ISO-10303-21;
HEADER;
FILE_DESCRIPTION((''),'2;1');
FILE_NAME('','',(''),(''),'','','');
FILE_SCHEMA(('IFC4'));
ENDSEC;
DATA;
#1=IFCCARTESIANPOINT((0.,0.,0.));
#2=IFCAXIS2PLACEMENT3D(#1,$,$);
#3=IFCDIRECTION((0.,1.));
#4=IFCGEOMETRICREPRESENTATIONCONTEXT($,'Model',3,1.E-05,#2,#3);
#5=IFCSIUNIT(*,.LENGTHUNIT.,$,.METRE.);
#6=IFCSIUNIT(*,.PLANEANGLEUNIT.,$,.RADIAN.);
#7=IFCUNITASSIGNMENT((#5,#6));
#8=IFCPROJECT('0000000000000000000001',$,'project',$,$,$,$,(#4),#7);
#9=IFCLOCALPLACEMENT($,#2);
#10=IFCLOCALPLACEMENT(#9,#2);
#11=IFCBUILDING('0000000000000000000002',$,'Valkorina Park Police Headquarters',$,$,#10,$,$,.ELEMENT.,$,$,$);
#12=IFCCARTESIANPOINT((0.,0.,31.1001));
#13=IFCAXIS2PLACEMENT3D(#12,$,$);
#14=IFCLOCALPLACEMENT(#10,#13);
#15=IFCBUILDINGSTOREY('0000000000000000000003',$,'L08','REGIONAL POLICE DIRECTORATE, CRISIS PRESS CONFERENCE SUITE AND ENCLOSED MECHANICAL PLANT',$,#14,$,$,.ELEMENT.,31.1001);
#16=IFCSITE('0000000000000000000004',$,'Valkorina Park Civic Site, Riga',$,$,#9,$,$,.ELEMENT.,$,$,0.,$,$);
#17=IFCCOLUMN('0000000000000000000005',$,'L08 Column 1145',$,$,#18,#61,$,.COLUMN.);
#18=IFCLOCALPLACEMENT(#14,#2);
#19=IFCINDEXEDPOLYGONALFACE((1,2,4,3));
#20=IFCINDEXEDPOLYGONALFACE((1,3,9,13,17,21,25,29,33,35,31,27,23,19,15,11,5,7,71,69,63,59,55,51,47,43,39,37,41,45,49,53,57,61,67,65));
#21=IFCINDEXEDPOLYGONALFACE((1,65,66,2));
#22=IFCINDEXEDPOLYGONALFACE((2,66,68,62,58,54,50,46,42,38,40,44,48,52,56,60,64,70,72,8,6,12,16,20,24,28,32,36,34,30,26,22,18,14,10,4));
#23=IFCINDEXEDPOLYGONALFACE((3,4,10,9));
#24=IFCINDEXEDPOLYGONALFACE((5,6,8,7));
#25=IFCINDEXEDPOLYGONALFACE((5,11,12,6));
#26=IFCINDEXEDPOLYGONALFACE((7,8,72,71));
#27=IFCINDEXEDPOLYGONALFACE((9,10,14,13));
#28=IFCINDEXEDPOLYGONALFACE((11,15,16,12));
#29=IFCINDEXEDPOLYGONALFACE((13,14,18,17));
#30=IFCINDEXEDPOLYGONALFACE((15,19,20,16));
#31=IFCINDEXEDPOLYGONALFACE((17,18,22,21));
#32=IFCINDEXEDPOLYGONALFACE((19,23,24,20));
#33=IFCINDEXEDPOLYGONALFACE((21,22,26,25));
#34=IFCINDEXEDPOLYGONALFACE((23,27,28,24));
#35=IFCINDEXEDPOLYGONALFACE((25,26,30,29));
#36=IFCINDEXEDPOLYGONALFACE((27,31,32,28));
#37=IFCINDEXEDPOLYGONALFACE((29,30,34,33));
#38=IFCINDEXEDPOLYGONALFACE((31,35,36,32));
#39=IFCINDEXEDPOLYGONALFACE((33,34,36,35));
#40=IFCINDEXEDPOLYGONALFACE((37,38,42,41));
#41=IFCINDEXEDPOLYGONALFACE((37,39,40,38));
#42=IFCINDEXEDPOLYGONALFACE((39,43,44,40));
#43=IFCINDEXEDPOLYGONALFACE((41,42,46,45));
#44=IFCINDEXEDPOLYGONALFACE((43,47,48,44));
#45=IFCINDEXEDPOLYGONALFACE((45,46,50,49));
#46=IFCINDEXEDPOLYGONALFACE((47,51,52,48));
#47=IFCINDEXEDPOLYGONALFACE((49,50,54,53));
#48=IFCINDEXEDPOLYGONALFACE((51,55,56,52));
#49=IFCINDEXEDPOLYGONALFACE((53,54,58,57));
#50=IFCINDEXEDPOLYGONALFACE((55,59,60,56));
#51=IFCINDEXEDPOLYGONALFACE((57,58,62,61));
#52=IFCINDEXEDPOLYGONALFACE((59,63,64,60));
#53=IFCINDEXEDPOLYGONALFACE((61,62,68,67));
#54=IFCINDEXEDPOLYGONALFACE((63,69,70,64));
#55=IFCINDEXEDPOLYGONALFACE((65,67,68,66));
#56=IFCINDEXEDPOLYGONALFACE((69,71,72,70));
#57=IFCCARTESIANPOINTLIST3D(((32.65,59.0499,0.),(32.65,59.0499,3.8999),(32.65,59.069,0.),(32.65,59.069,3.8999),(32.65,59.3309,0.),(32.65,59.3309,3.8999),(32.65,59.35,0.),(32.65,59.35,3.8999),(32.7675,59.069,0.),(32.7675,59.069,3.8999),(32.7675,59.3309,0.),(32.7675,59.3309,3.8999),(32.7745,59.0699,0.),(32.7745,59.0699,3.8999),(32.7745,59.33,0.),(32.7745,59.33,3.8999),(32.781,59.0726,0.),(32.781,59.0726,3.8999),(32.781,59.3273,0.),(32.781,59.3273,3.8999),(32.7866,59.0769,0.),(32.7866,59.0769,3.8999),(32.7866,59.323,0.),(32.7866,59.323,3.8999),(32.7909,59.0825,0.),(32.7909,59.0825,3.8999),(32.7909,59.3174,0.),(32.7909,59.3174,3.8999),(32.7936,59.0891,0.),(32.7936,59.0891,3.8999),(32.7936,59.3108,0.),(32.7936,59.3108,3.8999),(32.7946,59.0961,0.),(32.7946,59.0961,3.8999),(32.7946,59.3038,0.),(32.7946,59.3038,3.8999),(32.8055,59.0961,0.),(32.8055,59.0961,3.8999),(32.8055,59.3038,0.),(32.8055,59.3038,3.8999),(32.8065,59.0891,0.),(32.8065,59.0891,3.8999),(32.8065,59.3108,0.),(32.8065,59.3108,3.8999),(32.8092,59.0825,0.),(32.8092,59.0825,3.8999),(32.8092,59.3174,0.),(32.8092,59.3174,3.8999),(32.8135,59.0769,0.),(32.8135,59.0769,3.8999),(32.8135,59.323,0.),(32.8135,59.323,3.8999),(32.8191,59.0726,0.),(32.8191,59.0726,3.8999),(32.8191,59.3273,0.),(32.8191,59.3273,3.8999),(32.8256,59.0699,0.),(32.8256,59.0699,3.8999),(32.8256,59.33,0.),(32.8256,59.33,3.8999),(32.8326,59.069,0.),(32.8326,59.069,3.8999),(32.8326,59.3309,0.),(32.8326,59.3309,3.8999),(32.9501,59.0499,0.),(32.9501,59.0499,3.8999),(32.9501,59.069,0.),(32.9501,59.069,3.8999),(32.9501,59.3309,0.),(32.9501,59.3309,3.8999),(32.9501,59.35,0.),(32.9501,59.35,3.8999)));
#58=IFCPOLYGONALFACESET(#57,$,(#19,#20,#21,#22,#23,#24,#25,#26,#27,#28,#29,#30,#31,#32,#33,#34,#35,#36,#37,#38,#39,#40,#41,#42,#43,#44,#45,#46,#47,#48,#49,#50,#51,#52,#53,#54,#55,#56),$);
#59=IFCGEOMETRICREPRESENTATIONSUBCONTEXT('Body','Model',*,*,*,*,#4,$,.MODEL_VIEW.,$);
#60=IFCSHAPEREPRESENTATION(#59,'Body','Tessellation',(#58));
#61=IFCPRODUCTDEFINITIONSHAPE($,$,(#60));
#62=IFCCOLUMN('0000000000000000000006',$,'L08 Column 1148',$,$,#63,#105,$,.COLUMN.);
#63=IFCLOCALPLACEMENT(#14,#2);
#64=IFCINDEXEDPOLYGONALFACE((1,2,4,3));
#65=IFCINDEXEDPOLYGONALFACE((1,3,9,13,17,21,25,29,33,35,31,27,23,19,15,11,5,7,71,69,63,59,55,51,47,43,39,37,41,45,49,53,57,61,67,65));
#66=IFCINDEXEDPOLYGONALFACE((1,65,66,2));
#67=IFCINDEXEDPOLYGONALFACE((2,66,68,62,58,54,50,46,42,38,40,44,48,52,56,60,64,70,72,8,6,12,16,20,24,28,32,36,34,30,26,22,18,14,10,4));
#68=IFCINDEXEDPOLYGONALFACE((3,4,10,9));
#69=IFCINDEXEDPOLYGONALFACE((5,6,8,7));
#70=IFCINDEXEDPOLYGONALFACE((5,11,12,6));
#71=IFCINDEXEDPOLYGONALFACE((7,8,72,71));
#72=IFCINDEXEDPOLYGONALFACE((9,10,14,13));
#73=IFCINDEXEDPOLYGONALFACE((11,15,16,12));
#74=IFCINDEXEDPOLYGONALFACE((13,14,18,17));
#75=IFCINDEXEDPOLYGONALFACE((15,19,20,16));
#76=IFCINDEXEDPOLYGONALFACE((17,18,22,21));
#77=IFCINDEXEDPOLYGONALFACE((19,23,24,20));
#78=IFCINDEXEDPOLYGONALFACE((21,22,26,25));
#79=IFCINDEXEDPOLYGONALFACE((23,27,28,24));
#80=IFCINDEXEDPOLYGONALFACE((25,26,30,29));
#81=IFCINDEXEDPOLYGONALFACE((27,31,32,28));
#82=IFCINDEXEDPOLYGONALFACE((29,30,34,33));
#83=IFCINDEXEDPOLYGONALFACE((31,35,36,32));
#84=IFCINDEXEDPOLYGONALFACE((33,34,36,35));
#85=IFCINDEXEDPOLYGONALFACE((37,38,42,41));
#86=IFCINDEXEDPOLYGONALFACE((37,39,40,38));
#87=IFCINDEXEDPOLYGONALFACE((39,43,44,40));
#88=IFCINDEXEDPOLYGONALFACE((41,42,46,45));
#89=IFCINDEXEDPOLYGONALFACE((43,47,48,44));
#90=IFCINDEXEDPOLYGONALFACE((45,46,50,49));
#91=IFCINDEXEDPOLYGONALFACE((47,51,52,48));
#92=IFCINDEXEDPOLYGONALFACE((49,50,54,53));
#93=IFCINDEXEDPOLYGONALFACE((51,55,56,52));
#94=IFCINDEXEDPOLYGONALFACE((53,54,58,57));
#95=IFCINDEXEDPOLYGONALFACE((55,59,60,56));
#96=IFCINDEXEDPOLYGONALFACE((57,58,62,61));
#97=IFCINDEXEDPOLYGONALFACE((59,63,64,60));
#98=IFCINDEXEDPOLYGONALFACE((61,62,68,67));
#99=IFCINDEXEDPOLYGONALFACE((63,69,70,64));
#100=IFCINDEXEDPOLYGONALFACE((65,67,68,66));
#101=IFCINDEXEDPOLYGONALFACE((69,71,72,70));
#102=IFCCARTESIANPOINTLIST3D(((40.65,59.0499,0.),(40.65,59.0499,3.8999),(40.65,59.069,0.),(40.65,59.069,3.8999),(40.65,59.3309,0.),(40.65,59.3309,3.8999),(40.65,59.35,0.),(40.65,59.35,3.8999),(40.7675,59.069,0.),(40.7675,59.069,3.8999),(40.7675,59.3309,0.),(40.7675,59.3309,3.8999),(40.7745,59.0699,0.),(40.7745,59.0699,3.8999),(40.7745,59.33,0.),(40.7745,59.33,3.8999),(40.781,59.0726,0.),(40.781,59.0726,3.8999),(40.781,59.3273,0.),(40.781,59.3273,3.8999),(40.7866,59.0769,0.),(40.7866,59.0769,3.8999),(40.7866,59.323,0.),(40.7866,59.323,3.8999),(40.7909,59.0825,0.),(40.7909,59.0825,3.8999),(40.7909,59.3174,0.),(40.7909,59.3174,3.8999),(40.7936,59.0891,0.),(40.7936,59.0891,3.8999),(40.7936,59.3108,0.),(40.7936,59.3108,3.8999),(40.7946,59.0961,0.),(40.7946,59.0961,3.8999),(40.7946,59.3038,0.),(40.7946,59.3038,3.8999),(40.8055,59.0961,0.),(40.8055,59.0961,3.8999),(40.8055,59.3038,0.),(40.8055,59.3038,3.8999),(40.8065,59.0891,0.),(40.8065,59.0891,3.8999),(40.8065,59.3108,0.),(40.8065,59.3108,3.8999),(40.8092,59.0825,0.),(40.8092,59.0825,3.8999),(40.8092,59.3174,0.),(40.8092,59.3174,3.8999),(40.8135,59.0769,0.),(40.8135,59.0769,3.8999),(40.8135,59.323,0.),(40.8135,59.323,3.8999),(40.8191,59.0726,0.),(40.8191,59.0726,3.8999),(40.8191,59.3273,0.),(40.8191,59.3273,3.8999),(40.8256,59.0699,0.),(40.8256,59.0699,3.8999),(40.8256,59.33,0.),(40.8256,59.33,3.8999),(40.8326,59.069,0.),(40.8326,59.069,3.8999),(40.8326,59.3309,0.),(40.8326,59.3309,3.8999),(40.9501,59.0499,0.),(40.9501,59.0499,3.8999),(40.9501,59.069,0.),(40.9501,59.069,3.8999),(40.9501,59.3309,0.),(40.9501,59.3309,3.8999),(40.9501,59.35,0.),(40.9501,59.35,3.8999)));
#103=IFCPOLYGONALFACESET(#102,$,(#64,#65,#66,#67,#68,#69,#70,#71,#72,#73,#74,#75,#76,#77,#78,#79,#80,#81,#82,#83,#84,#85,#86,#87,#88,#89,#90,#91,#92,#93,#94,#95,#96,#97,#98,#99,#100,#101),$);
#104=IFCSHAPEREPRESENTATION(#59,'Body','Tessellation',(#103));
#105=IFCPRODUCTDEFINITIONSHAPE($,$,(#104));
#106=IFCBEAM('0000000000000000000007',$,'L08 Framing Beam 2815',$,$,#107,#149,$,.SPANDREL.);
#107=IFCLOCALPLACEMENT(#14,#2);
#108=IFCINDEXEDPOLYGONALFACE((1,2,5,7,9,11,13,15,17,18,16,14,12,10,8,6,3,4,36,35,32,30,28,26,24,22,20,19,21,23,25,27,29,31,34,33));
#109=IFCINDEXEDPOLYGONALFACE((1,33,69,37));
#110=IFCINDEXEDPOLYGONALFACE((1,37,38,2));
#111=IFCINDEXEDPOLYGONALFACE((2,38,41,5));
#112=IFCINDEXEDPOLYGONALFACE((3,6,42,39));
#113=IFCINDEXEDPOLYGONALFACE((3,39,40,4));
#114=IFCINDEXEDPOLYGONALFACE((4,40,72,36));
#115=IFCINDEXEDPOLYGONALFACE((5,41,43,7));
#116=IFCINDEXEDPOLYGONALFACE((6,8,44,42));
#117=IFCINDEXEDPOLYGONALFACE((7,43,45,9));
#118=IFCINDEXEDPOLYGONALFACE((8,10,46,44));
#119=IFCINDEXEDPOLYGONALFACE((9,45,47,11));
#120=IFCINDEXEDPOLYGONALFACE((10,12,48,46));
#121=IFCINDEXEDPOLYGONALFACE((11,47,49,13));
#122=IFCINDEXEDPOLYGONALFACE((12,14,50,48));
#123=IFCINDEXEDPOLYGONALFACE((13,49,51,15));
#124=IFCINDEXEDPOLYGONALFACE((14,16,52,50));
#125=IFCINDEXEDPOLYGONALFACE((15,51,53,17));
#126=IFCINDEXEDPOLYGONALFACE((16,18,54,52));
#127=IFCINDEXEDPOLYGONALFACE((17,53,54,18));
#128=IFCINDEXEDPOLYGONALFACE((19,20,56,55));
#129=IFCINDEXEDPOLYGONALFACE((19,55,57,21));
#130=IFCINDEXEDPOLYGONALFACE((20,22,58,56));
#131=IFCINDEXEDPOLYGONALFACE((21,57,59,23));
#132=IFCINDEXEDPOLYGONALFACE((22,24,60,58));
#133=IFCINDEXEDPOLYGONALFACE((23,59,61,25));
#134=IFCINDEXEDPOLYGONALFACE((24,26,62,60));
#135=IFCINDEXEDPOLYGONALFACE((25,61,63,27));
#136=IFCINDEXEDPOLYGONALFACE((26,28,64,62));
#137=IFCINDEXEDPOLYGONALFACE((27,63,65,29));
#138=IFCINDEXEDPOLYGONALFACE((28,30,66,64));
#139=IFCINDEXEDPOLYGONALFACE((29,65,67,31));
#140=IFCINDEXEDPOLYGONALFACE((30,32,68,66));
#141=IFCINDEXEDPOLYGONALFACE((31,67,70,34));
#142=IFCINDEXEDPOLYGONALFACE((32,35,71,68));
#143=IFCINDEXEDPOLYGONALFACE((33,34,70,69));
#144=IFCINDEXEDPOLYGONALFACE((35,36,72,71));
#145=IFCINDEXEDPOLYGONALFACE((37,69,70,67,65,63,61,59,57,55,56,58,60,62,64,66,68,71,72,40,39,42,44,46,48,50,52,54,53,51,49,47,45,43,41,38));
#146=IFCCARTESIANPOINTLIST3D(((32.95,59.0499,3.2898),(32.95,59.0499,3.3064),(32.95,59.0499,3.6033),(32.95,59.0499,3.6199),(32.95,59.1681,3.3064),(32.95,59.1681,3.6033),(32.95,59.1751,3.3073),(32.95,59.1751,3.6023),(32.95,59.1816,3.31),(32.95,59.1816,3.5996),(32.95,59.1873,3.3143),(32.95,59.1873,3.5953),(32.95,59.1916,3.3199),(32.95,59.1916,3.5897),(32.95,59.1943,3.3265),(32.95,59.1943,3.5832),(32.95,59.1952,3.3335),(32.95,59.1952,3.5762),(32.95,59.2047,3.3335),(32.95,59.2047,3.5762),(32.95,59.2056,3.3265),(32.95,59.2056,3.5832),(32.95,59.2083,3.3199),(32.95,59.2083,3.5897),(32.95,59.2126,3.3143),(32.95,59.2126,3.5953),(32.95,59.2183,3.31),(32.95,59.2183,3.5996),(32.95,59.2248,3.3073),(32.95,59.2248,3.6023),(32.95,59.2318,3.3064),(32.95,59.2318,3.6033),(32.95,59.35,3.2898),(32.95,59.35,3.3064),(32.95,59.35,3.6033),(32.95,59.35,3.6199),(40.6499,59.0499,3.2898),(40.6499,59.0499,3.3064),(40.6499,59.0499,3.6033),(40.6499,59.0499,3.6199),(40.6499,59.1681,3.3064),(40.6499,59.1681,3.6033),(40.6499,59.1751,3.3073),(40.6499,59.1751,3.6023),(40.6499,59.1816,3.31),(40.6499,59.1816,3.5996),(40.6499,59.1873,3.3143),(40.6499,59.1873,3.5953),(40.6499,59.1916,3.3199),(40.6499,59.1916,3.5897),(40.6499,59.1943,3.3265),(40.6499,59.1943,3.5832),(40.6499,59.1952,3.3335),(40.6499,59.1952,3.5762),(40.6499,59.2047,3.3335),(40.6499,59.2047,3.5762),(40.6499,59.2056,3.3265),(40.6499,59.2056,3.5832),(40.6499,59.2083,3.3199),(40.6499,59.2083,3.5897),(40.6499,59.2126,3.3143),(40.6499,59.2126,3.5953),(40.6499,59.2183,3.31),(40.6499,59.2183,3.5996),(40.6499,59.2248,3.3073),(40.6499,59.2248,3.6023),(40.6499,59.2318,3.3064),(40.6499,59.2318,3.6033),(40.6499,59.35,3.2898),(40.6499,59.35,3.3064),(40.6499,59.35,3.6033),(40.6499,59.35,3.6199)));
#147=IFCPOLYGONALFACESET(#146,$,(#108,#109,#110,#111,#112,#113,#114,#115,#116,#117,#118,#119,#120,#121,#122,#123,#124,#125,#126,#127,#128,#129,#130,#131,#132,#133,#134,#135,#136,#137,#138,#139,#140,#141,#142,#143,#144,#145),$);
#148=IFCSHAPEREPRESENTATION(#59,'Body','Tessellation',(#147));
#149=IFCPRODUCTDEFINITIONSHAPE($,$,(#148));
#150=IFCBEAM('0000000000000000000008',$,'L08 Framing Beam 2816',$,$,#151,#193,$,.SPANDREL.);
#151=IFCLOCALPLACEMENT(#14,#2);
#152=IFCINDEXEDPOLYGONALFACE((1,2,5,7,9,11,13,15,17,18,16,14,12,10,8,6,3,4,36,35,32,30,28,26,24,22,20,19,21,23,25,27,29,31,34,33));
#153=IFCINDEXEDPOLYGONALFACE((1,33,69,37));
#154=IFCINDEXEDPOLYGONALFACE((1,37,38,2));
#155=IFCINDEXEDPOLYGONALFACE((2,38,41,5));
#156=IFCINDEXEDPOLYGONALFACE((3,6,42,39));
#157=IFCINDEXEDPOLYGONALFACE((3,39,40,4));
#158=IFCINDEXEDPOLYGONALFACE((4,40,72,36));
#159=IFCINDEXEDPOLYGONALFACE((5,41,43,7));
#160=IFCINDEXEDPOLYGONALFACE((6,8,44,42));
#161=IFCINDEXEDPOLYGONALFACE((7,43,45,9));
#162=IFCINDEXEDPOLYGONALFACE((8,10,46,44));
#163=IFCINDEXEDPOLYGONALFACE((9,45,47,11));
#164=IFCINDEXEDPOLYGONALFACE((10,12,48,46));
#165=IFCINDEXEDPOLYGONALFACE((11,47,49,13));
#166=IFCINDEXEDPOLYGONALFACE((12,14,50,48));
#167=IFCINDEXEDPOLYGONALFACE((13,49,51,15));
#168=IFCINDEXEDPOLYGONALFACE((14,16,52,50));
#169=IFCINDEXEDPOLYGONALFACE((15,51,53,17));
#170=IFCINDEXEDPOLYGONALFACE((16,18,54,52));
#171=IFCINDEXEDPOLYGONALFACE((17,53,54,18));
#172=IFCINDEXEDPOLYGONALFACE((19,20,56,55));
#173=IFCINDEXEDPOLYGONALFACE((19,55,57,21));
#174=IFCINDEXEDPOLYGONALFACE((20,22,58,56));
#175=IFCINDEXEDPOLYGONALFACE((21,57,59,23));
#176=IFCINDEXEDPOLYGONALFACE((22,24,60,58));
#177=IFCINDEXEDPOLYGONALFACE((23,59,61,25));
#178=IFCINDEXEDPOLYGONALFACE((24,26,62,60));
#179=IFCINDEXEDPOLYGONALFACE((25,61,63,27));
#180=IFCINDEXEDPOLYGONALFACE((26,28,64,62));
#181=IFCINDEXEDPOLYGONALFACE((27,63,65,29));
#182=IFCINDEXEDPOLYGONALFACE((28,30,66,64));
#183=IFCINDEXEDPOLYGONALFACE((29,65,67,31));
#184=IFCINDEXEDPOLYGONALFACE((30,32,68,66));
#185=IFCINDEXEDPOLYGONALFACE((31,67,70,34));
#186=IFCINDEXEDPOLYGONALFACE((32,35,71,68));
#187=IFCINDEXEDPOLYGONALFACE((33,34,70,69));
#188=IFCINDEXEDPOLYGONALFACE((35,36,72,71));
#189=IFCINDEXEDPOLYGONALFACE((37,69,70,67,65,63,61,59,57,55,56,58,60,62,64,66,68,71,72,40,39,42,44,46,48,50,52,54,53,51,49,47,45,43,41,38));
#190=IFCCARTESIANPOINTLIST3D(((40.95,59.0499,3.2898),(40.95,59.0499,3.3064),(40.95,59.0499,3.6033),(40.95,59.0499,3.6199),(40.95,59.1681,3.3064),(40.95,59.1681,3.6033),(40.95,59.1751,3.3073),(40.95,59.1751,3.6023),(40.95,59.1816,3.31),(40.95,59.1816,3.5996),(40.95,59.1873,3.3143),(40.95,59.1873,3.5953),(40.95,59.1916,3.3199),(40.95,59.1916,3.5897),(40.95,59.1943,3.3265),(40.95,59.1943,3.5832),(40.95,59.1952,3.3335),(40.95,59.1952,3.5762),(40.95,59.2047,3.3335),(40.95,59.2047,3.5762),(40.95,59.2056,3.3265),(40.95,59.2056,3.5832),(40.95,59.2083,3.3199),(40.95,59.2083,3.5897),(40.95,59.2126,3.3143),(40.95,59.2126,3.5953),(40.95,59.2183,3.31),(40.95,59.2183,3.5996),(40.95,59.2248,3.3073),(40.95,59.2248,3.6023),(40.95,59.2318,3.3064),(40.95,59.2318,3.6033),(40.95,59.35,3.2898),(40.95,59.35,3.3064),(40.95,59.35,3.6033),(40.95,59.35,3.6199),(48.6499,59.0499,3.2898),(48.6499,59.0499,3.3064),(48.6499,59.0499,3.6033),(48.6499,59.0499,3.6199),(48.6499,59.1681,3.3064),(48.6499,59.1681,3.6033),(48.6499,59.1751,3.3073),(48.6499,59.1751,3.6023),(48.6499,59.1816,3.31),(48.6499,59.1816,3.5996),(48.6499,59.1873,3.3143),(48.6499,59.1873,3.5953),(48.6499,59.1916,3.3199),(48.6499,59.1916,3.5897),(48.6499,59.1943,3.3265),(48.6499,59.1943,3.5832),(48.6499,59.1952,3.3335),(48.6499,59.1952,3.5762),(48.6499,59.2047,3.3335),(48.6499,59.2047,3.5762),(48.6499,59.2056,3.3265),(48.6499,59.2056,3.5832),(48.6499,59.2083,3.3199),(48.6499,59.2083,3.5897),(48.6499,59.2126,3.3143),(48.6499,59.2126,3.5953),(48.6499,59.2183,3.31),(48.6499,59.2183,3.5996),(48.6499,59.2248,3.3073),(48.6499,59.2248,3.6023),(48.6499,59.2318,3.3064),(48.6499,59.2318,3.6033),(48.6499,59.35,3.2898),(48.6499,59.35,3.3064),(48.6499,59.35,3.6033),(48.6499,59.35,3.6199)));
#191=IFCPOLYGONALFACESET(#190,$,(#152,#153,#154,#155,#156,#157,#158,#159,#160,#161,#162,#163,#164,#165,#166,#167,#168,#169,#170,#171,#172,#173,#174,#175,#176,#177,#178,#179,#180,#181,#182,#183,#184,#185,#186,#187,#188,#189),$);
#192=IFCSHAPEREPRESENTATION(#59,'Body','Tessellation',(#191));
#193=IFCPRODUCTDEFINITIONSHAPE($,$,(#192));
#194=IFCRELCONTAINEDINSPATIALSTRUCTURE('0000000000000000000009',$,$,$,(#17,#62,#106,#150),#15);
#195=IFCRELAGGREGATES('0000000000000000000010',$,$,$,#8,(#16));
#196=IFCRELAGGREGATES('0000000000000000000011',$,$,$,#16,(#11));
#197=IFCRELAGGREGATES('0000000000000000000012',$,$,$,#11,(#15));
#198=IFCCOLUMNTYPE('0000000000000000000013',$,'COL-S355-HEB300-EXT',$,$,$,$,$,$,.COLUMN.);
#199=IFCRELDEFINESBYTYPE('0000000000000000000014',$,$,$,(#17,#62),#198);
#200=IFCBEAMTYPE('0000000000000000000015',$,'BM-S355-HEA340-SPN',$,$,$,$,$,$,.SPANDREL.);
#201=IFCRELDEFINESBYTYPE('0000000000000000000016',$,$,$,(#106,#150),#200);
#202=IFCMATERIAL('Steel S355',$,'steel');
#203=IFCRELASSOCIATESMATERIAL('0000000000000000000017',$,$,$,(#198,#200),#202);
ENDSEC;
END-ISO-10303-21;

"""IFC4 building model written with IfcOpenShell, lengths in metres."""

from ifc_helpers import new_model, si_unit, direction, frame, origin, origin_2d, place, context, subcontext, project, spatial, i_section, extrude, material, material_profile, profile_set, type_object, element, save


model = new_model("IFC4")

# Units and contexts
model_context = context("Model", 3, precision=1e-05, world=origin(), true_north=direction((0.0, 1.0)))
body_context = subcontext(model_context, "Body", "Model", "MODEL_VIEW")
ifc_project = project(units=[si_unit("LENGTHUNIT", "METRE"), si_unit("PLANEANGLEUNIT", "RADIAN")], contexts=[model_context])

# Site, building, storey
site_placement = place(None, origin())
site = spatial("IfcSite", under=ifc_project, at=site_placement, Name="Valkorina Park Civic Site, Riga", CompositionType="ELEMENT", RefElevation=0.0)
building_placement = place(site_placement, origin())
building = spatial("IfcBuilding", under=site, at=building_placement, Name="Valkorina Park Police Headquarters", CompositionType="ELEMENT")
storey_placement = place(building_placement, frame((0.0, 0.0, 31.1001)))
storey = spatial("IfcBuildingStorey", under=building, at=storey_placement, Name="L08", Description="REGIONAL POLICE DIRECTORATE, CRISIS PRESS CONFERENCE SUITE AND ENCLOSED MECHANICAL PLANT", CompositionType="ELEMENT", Elevation=31.1001)

# Columns
ifc_material_1 = material(Name="Steel S355", Category="steel")
ifc_material_profile_1 = material_profile(ifc_material_1, i_section(OverallWidth=0.3, OverallDepth=0.3, WebThickness=0.011, FlangeThickness=0.019, FilletRadius=0.0271, at=origin_2d()), Name="HEB 300")
ifc_profile_set_1 = profile_set([ifc_material_profile_1], Name="Steel S355")
column_type = type_object("IfcColumnType", Name="COL-S355-HEB300-EXT", PredefinedType="COLUMN", material=ifc_profile_set_1)
for number, where, z_axis, x_axis, name in (
    (1, (32.8, 59.2, 0.0), (0.0, 0.0, 1.0), (1.0, 0.0, 0.0), "L08 Column 1145"),
    (2, (40.8, 59.2, 0.0), (0.0, 0.0, 1.0), (1.0, 0.0, 0.0), "L08 Column 1148"),
):
    element("IfcColumn", number, at=place(storey_placement, frame(where, z_axis=z_axis, x_axis=x_axis)), inside=storey, type_object=column_type, Name=name, PredefinedType="COLUMN", context=body_context, shape_type="SweptSolid", body=[
        extrude(i_section(OverallWidth=0.3, OverallDepth=0.3, WebThickness=0.011, FlangeThickness=0.019, FilletRadius=0.0271, at=origin_2d()), origin(), (0.0, 0.0, 1.0), 3.8999),
    ])

# Beams
ifc_material_profile_2 = material_profile(ifc_material_1, i_section(OverallWidth=0.3, OverallDepth=0.3301, WebThickness=0.0095, FlangeThickness=0.0166, FilletRadius=0.0271, at=origin_2d()), Name="HEA 340")
ifc_profile_set_2 = profile_set([ifc_material_profile_2], Name="Steel S355")
beam_type = type_object("IfcBeamType", Name="BM-S355-HEA340-SPN", PredefinedType="SPANDREL", material=ifc_profile_set_2)
for number, where, z_axis, x_axis, name in (
    (3, (32.95, 59.2, 3.4548), (1.0, 0.0, 0.0), (0.0, 1.0, 0.0), "L08 Framing Beam 2815"),
    (4, (40.95, 59.2, 3.4548), (1.0, 0.0, 0.0), (0.0, 1.0, 0.0), "L08 Framing Beam 2816"),
):
    element("IfcBeam", number, at=place(storey_placement, frame(where, z_axis=z_axis, x_axis=x_axis)), inside=storey, type_object=beam_type, Name=name, PredefinedType="SPANDREL", context=body_context, shape_type="SweptSolid", body=[
        extrude(i_section(OverallWidth=0.3, OverallDepth=0.3301, WebThickness=0.0095, FlangeThickness=0.0166, FilletRadius=0.0271, at=origin_2d()), origin(), (0.0, 0.0, 1.0), 7.7),
    ])

save(model, "model.ifc")
